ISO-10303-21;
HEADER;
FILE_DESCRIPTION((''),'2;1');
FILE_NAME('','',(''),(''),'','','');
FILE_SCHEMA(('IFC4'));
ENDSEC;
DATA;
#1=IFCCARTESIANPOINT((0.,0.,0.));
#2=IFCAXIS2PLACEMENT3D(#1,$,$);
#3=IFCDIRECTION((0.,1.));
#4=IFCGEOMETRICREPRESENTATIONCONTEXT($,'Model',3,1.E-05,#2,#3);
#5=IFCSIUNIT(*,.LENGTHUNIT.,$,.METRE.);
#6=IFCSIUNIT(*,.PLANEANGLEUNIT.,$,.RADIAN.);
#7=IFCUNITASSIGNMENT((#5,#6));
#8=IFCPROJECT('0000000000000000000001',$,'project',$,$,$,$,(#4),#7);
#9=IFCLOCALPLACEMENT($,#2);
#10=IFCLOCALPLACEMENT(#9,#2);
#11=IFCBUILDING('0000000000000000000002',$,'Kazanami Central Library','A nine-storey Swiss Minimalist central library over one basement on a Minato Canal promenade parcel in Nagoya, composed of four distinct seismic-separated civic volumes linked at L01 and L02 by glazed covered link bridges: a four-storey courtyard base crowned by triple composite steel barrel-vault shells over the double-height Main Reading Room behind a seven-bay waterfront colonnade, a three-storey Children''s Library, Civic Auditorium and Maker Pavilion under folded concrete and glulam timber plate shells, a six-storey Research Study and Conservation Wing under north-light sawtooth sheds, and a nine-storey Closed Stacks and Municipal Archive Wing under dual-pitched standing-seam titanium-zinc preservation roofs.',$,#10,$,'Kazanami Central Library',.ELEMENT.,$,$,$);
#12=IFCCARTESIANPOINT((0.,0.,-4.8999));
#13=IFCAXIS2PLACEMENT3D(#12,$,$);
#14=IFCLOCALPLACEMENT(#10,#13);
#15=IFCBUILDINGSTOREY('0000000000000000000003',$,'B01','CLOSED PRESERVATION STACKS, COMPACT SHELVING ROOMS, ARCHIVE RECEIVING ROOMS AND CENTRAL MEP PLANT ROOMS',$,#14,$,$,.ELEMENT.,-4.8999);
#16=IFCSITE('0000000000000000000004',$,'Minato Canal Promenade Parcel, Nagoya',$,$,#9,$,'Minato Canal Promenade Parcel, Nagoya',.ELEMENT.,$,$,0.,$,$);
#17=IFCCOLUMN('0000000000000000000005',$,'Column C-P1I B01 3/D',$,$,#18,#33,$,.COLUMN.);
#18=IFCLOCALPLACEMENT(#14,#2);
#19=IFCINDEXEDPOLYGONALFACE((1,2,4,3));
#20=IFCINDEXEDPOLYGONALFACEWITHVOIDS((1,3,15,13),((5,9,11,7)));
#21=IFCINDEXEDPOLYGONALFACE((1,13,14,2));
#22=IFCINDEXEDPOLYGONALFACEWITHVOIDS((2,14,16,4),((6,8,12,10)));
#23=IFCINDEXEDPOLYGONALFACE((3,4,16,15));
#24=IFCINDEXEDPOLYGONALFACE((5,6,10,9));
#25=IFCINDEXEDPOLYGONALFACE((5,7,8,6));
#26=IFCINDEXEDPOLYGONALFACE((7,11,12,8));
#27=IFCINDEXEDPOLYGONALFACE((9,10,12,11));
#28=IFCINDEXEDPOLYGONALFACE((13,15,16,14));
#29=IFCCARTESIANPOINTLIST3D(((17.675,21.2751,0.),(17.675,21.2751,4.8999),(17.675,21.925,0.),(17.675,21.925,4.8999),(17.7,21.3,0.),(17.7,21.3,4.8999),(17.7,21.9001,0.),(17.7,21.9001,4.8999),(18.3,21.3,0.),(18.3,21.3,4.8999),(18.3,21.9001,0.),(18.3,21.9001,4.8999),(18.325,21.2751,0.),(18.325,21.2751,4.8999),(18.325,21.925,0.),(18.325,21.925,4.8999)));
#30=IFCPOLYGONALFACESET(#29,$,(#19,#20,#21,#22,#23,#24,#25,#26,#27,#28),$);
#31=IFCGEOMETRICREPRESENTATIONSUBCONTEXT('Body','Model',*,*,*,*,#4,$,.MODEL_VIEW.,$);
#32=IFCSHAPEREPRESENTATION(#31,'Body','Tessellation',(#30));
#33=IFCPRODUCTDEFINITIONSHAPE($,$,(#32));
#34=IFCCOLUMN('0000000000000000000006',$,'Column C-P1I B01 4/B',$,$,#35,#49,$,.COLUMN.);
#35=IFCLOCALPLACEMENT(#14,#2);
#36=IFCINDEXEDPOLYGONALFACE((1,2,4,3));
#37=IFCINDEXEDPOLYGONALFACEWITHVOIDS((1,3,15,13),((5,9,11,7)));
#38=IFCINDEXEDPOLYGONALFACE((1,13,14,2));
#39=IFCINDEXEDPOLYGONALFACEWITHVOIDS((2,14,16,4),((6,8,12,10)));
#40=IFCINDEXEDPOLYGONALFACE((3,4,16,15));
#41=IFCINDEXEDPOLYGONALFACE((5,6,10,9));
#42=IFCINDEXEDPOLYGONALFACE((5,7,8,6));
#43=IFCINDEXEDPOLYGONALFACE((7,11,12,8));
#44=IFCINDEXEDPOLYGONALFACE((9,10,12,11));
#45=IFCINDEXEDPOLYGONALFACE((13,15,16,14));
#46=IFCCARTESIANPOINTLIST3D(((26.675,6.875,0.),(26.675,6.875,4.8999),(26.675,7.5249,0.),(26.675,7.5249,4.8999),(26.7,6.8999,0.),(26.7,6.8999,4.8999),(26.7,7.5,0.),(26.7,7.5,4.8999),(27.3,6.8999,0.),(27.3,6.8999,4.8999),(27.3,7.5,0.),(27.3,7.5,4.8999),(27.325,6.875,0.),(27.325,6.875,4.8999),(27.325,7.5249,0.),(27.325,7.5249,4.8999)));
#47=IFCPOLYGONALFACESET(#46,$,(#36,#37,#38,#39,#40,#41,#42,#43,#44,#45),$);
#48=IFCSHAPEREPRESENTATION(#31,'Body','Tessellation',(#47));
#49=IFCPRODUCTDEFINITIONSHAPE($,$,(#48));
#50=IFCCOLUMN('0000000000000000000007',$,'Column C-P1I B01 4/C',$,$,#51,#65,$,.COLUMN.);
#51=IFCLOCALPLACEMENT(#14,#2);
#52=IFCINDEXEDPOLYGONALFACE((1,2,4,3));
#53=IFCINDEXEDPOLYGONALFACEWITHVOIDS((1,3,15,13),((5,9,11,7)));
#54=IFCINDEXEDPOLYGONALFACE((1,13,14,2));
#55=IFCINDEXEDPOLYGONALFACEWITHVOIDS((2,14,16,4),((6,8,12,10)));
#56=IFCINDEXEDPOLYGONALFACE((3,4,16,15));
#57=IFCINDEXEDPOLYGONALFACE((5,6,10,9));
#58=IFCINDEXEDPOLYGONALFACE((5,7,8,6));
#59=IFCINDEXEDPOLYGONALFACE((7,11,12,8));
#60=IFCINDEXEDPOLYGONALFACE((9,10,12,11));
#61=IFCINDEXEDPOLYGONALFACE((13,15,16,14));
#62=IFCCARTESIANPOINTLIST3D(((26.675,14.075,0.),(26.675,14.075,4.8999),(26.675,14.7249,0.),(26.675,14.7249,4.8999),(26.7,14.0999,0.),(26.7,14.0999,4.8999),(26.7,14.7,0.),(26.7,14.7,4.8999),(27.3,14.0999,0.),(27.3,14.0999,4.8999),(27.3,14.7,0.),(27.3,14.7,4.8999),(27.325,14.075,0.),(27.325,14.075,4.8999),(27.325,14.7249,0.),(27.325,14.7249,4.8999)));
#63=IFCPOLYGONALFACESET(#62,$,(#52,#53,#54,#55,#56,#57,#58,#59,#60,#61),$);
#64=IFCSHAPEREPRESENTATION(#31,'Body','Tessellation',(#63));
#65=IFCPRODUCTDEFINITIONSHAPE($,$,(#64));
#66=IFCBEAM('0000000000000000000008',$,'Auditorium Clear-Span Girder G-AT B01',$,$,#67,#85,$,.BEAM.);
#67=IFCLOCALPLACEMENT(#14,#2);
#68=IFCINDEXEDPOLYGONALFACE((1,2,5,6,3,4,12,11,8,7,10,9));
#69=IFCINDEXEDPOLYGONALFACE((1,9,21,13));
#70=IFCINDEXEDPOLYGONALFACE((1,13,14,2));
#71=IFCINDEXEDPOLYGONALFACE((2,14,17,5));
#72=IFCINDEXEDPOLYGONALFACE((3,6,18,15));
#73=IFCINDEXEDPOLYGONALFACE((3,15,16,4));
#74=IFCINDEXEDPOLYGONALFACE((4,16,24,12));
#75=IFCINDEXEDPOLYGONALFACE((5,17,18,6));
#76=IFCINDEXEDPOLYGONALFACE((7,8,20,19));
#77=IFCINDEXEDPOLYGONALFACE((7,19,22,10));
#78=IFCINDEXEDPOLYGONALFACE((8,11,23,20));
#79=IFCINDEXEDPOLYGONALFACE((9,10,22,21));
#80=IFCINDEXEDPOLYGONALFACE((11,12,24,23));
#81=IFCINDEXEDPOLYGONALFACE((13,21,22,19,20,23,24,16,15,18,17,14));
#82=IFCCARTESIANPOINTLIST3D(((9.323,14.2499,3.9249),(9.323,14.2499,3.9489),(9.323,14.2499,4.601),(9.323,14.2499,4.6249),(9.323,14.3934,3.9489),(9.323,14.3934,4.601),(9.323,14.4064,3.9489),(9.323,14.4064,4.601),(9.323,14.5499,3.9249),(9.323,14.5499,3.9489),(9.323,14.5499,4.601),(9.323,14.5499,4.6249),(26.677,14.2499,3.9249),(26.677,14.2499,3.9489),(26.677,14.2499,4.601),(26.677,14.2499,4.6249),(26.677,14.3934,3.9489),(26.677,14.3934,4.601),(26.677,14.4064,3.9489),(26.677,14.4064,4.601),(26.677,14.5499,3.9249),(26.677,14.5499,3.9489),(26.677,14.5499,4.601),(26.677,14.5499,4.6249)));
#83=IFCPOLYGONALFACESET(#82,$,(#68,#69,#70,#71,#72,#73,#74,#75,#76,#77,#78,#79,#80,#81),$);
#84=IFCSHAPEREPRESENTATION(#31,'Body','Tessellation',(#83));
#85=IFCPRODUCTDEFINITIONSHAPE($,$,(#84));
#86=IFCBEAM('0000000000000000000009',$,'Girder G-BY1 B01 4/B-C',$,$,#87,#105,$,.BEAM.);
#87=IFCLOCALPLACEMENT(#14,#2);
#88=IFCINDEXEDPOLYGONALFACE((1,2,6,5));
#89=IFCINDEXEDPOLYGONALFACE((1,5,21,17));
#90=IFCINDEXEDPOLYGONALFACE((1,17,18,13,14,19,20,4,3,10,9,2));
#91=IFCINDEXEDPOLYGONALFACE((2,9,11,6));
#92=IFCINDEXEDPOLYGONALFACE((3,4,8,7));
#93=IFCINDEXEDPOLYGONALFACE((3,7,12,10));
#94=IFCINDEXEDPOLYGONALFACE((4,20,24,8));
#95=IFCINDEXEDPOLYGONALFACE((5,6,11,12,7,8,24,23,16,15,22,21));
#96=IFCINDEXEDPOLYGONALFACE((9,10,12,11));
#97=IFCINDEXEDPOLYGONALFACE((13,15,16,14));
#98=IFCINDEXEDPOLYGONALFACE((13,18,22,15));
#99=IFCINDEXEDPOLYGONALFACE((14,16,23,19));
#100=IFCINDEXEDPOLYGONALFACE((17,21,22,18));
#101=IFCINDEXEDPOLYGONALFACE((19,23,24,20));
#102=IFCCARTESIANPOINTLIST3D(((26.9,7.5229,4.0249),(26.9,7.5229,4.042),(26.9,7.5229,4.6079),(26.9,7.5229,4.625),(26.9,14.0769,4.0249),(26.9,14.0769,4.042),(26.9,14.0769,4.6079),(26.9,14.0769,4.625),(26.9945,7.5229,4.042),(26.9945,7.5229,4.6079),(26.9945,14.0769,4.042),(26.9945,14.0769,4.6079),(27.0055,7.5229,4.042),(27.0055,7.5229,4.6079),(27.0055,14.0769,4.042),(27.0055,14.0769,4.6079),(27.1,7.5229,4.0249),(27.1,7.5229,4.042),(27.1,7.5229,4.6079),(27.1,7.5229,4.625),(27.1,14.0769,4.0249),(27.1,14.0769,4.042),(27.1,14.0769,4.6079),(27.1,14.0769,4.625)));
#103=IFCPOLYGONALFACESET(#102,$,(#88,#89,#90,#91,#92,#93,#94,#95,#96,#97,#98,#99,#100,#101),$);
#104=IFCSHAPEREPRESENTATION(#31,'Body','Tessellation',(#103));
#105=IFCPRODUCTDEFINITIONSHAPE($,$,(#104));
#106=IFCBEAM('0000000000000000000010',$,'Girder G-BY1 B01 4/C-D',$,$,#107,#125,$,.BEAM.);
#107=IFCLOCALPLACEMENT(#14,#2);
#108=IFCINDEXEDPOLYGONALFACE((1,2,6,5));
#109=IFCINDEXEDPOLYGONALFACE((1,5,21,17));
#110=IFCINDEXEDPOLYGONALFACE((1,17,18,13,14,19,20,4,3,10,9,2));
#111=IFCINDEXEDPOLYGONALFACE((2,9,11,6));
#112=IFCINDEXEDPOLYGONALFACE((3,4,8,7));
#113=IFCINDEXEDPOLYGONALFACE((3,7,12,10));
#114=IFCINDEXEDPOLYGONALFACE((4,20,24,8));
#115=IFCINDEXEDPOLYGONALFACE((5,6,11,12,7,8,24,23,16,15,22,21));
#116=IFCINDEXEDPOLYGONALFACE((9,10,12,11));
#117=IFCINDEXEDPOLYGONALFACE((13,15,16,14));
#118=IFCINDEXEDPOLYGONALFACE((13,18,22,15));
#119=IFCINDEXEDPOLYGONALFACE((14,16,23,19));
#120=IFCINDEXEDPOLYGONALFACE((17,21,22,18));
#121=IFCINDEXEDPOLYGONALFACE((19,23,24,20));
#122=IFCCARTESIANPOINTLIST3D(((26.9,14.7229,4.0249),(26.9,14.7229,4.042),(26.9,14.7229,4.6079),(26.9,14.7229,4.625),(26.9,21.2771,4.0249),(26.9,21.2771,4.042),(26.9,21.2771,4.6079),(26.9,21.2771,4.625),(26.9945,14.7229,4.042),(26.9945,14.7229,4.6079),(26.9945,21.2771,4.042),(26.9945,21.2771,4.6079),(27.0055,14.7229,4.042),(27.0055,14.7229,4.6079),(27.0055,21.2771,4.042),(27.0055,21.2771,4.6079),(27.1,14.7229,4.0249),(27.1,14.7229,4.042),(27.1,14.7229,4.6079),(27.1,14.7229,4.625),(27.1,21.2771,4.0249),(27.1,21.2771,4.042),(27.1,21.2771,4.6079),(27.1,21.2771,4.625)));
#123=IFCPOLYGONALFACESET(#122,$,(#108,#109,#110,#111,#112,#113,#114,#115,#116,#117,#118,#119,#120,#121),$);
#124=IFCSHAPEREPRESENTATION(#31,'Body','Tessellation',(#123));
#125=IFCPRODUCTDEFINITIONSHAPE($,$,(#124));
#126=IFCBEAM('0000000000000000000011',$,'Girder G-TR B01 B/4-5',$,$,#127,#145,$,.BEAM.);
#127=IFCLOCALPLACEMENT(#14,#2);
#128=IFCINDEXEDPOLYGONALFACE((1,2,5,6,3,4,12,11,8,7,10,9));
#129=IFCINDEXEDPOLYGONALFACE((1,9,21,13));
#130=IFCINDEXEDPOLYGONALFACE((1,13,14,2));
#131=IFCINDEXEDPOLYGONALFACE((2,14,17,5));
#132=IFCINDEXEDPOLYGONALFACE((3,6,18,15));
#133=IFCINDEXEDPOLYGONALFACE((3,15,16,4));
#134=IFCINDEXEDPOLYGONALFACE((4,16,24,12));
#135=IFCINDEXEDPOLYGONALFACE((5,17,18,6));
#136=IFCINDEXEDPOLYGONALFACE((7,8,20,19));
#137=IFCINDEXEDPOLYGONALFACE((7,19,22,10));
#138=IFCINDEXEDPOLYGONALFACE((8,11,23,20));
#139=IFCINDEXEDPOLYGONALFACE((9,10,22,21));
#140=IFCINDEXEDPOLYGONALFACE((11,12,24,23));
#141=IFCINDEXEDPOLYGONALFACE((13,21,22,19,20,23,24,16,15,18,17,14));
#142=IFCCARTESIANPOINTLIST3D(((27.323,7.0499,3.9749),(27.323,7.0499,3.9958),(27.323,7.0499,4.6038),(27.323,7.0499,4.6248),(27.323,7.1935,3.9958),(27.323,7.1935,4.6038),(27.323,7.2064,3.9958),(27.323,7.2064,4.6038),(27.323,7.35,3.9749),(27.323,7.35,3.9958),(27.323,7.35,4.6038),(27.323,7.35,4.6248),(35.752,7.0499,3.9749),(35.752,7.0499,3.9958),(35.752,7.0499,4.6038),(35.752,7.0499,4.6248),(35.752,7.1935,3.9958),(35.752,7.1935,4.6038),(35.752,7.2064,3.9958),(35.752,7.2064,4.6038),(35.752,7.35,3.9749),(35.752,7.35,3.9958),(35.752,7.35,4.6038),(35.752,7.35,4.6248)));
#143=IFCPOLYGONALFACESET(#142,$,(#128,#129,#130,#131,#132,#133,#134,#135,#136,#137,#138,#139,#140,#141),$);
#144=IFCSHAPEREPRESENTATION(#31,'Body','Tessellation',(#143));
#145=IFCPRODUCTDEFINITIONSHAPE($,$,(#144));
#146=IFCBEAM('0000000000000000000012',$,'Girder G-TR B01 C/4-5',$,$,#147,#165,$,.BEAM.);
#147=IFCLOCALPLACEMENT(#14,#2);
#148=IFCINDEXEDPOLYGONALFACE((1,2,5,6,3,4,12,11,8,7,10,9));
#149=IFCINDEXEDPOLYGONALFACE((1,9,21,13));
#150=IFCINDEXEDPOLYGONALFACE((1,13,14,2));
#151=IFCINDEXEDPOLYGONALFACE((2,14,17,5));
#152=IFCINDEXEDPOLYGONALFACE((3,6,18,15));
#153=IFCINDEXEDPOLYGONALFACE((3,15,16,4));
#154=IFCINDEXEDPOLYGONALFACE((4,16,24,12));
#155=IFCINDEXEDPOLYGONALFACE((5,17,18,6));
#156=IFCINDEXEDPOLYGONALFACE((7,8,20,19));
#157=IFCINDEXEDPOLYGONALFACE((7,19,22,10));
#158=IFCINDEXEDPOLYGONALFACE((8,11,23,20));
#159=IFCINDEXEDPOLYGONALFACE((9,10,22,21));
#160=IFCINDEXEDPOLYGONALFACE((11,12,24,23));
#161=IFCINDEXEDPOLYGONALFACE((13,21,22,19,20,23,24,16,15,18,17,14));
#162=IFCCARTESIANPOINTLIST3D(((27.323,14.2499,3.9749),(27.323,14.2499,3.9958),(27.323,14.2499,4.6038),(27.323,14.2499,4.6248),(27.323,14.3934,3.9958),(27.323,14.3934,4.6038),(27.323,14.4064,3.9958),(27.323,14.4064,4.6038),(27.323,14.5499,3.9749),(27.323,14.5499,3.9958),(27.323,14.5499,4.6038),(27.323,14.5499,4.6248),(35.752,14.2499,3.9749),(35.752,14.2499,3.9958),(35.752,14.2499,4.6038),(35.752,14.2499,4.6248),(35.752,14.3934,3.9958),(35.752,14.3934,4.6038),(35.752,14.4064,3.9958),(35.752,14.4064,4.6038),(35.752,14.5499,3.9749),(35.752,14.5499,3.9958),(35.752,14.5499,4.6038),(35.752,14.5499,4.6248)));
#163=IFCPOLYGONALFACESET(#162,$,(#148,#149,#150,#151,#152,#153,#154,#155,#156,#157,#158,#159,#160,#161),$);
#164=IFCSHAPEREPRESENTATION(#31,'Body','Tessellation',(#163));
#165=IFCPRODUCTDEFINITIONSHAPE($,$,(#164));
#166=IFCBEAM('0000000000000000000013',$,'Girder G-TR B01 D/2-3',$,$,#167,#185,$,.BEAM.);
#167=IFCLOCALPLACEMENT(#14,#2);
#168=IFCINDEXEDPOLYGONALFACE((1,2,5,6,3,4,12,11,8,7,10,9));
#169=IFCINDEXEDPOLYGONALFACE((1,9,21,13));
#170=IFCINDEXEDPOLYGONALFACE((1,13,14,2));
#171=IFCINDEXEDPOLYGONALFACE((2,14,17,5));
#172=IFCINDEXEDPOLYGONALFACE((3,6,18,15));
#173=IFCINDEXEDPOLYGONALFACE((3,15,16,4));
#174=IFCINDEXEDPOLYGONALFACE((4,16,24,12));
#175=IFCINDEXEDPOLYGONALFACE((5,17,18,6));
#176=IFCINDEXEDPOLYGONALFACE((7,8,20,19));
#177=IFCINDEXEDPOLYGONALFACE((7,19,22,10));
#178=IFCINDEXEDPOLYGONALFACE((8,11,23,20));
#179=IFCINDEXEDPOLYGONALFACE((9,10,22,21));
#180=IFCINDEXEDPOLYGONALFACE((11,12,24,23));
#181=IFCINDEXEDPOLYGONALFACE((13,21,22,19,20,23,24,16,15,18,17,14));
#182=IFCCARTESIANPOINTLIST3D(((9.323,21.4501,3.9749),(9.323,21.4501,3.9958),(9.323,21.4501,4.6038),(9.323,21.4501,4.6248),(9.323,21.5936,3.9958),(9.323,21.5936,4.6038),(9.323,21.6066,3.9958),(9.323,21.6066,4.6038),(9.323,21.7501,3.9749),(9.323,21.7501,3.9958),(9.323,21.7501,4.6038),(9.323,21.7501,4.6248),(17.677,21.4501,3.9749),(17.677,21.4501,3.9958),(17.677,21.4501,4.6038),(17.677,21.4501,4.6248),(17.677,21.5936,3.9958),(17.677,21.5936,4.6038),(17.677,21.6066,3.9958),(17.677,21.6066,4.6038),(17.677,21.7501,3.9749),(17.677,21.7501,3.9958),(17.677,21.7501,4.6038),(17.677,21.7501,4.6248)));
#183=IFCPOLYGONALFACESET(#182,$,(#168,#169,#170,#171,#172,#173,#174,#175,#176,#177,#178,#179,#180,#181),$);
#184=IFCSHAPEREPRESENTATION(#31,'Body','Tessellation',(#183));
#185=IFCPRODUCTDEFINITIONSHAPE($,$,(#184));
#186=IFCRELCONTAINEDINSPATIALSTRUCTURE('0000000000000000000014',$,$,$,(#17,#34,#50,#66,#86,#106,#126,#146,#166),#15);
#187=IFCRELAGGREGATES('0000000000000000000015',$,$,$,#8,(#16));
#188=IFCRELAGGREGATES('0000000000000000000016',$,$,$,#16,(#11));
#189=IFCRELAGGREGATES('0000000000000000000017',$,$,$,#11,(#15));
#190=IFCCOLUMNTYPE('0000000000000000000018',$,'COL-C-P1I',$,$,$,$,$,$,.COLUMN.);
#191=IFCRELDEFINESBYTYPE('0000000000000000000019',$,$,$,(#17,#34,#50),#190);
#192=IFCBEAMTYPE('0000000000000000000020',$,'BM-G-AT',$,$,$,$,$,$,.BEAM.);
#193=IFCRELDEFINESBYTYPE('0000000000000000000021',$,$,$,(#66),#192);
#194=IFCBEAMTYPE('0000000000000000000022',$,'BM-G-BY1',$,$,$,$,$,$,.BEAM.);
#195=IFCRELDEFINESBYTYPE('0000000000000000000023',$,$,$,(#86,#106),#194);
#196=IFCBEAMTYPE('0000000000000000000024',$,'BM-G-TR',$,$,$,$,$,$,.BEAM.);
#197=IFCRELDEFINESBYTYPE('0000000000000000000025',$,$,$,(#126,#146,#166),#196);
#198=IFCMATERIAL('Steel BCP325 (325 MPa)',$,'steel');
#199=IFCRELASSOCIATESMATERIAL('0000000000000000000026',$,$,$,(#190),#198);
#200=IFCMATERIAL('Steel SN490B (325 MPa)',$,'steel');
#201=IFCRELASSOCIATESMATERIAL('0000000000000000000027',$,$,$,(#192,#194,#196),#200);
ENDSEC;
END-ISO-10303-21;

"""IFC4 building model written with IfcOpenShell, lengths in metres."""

from ifc_helpers import new_model, si_unit, direction, frame, origin, origin_2d, place, context, subcontext, project, spatial, hollow_rectangle, i_section, extrude, material, material_profile, profile_set, type_object, element, save


model = new_model("IFC4")

# Units and contexts
model_context = context("Model", 3, precision=1e-05, world=origin(), true_north=direction((0.0, 1.0)))
body_context = subcontext(model_context, "Body", "Model", "MODEL_VIEW")
ifc_project = project(units=[si_unit("LENGTHUNIT", "METRE"), si_unit("PLANEANGLEUNIT", "RADIAN")], contexts=[model_context])

# Site, building, storey
site_placement = place(None, origin())
site = spatial("IfcSite", under=ifc_project, at=site_placement, Name="Minato Canal Promenade Parcel, Nagoya", LongName="Minato Canal Promenade Parcel, Nagoya", CompositionType="ELEMENT", RefElevation=0.0)
building_placement = place(site_placement, origin())
building = spatial("IfcBuilding", under=site, at=building_placement, Name="Kazanami Central Library", Description="A nine-storey Swiss Minimalist central library over one basement on a Minato Canal promenade parcel in Nagoya, composed of four distinct seismic-separated civic volumes linked at L01 and L02 by glazed covered link bridges: a four-storey courtyard base crowned by triple composite steel barrel-vault shells over the double-height Main Reading Room behind a seven-bay waterfront colonnade, a three-storey Children's Library, Civic Auditorium and Maker Pavilion under folded concrete and glulam timber plate shells, a six-storey Research Study and Conservation Wing under north-light sawtooth sheds, and a nine-storey Closed Stacks and Municipal Archive Wing under dual-pitched standing-seam titanium-zinc preservation roofs.", LongName="Kazanami Central Library", CompositionType="ELEMENT")
storey_placement = place(building_placement, frame((0.0, 0.0, -4.8999)))
storey = spatial("IfcBuildingStorey", under=building, at=storey_placement, Name="B01", Description="CLOSED PRESERVATION STACKS, COMPACT SHELVING ROOMS, ARCHIVE RECEIVING ROOMS AND CENTRAL MEP PLANT ROOMS", CompositionType="ELEMENT", Elevation=-4.8999)

# Columns
ifc_material_1 = material(Name="Steel BCP325 (325 MPa)", Category="steel")
ifc_material_profile_1 = material_profile(ifc_material_1, hollow_rectangle(XDim=0.6499, YDim=0.6499, WallThickness=0.0249, at=origin_2d()), Name="BCP-650x650x25")
ifc_profile_set_1 = profile_set([ifc_material_profile_1], Name="Steel BCP325 (325 MPa)")
column_type = type_object("IfcColumnType", Name="COL-C-P1I", PredefinedType="COLUMN", material=ifc_profile_set_1)
for number, where, z_axis, x_axis, name in (
    (1, (18.0, 21.6001, 0.0), (0.0, 0.0, 1.0), (1.0, 0.0, 0.0), "Column C-P1I B01 3/D"),
    (2, (27.0, 7.2, 0.0), (0.0, 0.0, 1.0), (1.0, 0.0, 0.0), "Column C-P1I B01 4/B"),
    (3, (27.0, 14.3999, 0.0), (0.0, 0.0, 1.0), (1.0, 0.0, 0.0), "Column C-P1I B01 4/C"),
):
    element("IfcColumn", number, at=place(storey_placement, frame(where, z_axis=z_axis, x_axis=x_axis)), inside=storey, type_object=column_type, Name=name, PredefinedType="COLUMN", context=body_context, shape_type="SweptSolid", body=[
        extrude(hollow_rectangle(XDim=0.6499, YDim=0.6499, WallThickness=0.0249, at=origin_2d()), origin(), (0.0, 0.0, 1.0), 4.8999),
    ])

# Beams
ifc_material_2 = material(Name="Steel SN490B (325 MPa)", Category="steel")
ifc_material_profile_2 = material_profile(ifc_material_2, i_section(OverallWidth=0.3, OverallDepth=0.7, WebThickness=0.0129, FlangeThickness=0.0239, at=origin_2d()), Name="H-700x300x13x24")
ifc_profile_set_2 = profile_set([ifc_material_profile_2], Name="Steel SN490B (325 MPa)")
beam_type_1 = type_object("IfcBeamType", Name="BM-G-AT", PredefinedType="BEAM", material=ifc_profile_set_2)
beam_1_placement = place(storey_placement, frame((9.323, 14.3999, 4.2749), z_axis=(1.0, 0.0, 0.0), x_axis=(0.0, 1.0, 0.0)))
element("IfcBeam", 4, at=beam_1_placement, inside=storey, type_object=beam_type_1, Name="Auditorium Clear-Span Girder G-AT B01", PredefinedType="BEAM", context=body_context, shape_type="SweptSolid", body=[
    extrude(i_section(OverallWidth=0.3, OverallDepth=0.7, WebThickness=0.0129, FlangeThickness=0.0239, at=origin_2d()), origin(), (0.0, 0.0, 1.0), 17.354),
])
ifc_material_profile_3 = material_profile(ifc_material_2, i_section(OverallWidth=0.2, OverallDepth=0.6001, WebThickness=0.011, FlangeThickness=0.0171, at=origin_2d()), Name="H-600x200x11x17")
ifc_profile_set_3 = profile_set([ifc_material_profile_3], Name="Steel SN490B (325 MPa)")
beam_type_2 = type_object("IfcBeamType", Name="BM-G-BY1", PredefinedType="BEAM", material=ifc_profile_set_3)
beam_2_placement = place(storey_placement, frame((27.0, 7.5229, 4.325), z_axis=(0.0, 1.0, 0.0), x_axis=(-1.0, 0.0, 0.0)))
element("IfcBeam", 5, at=beam_2_placement, inside=storey, type_object=beam_type_2, Name="Girder G-BY1 B01 4/B-C", PredefinedType="BEAM", context=body_context, shape_type="SweptSolid", body=[
    extrude(i_section(OverallWidth=0.2, OverallDepth=0.6001, WebThickness=0.011, FlangeThickness=0.0171, at=origin_2d()), origin(), (0.0, 0.0, 1.0), 6.554),
])
beam_3_placement = place(storey_placement, frame((27.0, 14.7229, 4.325), z_axis=(0.0, 1.0, 0.0), x_axis=(-1.0, 0.0, 0.0)))
element("IfcBeam", 6, at=beam_3_placement, inside=storey, type_object=beam_type_2, Name="Girder G-BY1 B01 4/C-D", PredefinedType="BEAM", context=body_context, shape_type="SweptSolid", body=[
    extrude(i_section(OverallWidth=0.2, OverallDepth=0.6001, WebThickness=0.011, FlangeThickness=0.0171, at=origin_2d()), origin(), (0.0, 0.0, 1.0), 6.5542),
])
ifc_material_profile_4 = material_profile(ifc_material_2, i_section(OverallWidth=0.3, OverallDepth=0.6499, WebThickness=0.0129, FlangeThickness=0.021, at=origin_2d()), Name="H-650x300x13x21")
ifc_profile_set_4 = profile_set([ifc_material_profile_4], Name="Steel SN490B (325 MPa)")
beam_type_3 = type_object("IfcBeamType", Name="BM-G-TR", PredefinedType="BEAM", material=ifc_profile_set_4)
for number, where, z_axis, x_axis, name in (
    (7, (27.323, 7.2, 4.2998), (1.0, 0.0, 0.0), (0.0, 1.0, 0.0), "Girder G-TR B01 B/4-5"),
    (8, (27.323, 14.3999, 4.2998), (1.0, 0.0, 0.0), (0.0, 1.0, 0.0), "Girder G-TR B01 C/4-5"),
):
    element("IfcBeam", number, at=place(storey_placement, frame(where, z_axis=z_axis, x_axis=x_axis)), inside=storey, type_object=beam_type_3, Name=name, PredefinedType="BEAM", context=body_context, shape_type="SweptSolid", body=[
        extrude(i_section(OverallWidth=0.3, OverallDepth=0.6499, WebThickness=0.0129, FlangeThickness=0.021, at=origin_2d()), origin(), (0.0, 0.0, 1.0), 8.429),
    ])
beam_4_placement = place(storey_placement, frame((9.323, 21.6001, 4.2998), z_axis=(1.0, 0.0, 0.0), x_axis=(0.0, 1.0, 0.0)))
element("IfcBeam", 9, at=beam_4_placement, inside=storey, type_object=beam_type_3, Name="Girder G-TR B01 D/2-3", PredefinedType="BEAM", context=body_context, shape_type="SweptSolid", body=[
    extrude(i_section(OverallWidth=0.3, OverallDepth=0.6499, WebThickness=0.0129, FlangeThickness=0.021, at=origin_2d()), origin(), (0.0, 0.0, 1.0), 8.354),
])

save(model, "model.ifc")
